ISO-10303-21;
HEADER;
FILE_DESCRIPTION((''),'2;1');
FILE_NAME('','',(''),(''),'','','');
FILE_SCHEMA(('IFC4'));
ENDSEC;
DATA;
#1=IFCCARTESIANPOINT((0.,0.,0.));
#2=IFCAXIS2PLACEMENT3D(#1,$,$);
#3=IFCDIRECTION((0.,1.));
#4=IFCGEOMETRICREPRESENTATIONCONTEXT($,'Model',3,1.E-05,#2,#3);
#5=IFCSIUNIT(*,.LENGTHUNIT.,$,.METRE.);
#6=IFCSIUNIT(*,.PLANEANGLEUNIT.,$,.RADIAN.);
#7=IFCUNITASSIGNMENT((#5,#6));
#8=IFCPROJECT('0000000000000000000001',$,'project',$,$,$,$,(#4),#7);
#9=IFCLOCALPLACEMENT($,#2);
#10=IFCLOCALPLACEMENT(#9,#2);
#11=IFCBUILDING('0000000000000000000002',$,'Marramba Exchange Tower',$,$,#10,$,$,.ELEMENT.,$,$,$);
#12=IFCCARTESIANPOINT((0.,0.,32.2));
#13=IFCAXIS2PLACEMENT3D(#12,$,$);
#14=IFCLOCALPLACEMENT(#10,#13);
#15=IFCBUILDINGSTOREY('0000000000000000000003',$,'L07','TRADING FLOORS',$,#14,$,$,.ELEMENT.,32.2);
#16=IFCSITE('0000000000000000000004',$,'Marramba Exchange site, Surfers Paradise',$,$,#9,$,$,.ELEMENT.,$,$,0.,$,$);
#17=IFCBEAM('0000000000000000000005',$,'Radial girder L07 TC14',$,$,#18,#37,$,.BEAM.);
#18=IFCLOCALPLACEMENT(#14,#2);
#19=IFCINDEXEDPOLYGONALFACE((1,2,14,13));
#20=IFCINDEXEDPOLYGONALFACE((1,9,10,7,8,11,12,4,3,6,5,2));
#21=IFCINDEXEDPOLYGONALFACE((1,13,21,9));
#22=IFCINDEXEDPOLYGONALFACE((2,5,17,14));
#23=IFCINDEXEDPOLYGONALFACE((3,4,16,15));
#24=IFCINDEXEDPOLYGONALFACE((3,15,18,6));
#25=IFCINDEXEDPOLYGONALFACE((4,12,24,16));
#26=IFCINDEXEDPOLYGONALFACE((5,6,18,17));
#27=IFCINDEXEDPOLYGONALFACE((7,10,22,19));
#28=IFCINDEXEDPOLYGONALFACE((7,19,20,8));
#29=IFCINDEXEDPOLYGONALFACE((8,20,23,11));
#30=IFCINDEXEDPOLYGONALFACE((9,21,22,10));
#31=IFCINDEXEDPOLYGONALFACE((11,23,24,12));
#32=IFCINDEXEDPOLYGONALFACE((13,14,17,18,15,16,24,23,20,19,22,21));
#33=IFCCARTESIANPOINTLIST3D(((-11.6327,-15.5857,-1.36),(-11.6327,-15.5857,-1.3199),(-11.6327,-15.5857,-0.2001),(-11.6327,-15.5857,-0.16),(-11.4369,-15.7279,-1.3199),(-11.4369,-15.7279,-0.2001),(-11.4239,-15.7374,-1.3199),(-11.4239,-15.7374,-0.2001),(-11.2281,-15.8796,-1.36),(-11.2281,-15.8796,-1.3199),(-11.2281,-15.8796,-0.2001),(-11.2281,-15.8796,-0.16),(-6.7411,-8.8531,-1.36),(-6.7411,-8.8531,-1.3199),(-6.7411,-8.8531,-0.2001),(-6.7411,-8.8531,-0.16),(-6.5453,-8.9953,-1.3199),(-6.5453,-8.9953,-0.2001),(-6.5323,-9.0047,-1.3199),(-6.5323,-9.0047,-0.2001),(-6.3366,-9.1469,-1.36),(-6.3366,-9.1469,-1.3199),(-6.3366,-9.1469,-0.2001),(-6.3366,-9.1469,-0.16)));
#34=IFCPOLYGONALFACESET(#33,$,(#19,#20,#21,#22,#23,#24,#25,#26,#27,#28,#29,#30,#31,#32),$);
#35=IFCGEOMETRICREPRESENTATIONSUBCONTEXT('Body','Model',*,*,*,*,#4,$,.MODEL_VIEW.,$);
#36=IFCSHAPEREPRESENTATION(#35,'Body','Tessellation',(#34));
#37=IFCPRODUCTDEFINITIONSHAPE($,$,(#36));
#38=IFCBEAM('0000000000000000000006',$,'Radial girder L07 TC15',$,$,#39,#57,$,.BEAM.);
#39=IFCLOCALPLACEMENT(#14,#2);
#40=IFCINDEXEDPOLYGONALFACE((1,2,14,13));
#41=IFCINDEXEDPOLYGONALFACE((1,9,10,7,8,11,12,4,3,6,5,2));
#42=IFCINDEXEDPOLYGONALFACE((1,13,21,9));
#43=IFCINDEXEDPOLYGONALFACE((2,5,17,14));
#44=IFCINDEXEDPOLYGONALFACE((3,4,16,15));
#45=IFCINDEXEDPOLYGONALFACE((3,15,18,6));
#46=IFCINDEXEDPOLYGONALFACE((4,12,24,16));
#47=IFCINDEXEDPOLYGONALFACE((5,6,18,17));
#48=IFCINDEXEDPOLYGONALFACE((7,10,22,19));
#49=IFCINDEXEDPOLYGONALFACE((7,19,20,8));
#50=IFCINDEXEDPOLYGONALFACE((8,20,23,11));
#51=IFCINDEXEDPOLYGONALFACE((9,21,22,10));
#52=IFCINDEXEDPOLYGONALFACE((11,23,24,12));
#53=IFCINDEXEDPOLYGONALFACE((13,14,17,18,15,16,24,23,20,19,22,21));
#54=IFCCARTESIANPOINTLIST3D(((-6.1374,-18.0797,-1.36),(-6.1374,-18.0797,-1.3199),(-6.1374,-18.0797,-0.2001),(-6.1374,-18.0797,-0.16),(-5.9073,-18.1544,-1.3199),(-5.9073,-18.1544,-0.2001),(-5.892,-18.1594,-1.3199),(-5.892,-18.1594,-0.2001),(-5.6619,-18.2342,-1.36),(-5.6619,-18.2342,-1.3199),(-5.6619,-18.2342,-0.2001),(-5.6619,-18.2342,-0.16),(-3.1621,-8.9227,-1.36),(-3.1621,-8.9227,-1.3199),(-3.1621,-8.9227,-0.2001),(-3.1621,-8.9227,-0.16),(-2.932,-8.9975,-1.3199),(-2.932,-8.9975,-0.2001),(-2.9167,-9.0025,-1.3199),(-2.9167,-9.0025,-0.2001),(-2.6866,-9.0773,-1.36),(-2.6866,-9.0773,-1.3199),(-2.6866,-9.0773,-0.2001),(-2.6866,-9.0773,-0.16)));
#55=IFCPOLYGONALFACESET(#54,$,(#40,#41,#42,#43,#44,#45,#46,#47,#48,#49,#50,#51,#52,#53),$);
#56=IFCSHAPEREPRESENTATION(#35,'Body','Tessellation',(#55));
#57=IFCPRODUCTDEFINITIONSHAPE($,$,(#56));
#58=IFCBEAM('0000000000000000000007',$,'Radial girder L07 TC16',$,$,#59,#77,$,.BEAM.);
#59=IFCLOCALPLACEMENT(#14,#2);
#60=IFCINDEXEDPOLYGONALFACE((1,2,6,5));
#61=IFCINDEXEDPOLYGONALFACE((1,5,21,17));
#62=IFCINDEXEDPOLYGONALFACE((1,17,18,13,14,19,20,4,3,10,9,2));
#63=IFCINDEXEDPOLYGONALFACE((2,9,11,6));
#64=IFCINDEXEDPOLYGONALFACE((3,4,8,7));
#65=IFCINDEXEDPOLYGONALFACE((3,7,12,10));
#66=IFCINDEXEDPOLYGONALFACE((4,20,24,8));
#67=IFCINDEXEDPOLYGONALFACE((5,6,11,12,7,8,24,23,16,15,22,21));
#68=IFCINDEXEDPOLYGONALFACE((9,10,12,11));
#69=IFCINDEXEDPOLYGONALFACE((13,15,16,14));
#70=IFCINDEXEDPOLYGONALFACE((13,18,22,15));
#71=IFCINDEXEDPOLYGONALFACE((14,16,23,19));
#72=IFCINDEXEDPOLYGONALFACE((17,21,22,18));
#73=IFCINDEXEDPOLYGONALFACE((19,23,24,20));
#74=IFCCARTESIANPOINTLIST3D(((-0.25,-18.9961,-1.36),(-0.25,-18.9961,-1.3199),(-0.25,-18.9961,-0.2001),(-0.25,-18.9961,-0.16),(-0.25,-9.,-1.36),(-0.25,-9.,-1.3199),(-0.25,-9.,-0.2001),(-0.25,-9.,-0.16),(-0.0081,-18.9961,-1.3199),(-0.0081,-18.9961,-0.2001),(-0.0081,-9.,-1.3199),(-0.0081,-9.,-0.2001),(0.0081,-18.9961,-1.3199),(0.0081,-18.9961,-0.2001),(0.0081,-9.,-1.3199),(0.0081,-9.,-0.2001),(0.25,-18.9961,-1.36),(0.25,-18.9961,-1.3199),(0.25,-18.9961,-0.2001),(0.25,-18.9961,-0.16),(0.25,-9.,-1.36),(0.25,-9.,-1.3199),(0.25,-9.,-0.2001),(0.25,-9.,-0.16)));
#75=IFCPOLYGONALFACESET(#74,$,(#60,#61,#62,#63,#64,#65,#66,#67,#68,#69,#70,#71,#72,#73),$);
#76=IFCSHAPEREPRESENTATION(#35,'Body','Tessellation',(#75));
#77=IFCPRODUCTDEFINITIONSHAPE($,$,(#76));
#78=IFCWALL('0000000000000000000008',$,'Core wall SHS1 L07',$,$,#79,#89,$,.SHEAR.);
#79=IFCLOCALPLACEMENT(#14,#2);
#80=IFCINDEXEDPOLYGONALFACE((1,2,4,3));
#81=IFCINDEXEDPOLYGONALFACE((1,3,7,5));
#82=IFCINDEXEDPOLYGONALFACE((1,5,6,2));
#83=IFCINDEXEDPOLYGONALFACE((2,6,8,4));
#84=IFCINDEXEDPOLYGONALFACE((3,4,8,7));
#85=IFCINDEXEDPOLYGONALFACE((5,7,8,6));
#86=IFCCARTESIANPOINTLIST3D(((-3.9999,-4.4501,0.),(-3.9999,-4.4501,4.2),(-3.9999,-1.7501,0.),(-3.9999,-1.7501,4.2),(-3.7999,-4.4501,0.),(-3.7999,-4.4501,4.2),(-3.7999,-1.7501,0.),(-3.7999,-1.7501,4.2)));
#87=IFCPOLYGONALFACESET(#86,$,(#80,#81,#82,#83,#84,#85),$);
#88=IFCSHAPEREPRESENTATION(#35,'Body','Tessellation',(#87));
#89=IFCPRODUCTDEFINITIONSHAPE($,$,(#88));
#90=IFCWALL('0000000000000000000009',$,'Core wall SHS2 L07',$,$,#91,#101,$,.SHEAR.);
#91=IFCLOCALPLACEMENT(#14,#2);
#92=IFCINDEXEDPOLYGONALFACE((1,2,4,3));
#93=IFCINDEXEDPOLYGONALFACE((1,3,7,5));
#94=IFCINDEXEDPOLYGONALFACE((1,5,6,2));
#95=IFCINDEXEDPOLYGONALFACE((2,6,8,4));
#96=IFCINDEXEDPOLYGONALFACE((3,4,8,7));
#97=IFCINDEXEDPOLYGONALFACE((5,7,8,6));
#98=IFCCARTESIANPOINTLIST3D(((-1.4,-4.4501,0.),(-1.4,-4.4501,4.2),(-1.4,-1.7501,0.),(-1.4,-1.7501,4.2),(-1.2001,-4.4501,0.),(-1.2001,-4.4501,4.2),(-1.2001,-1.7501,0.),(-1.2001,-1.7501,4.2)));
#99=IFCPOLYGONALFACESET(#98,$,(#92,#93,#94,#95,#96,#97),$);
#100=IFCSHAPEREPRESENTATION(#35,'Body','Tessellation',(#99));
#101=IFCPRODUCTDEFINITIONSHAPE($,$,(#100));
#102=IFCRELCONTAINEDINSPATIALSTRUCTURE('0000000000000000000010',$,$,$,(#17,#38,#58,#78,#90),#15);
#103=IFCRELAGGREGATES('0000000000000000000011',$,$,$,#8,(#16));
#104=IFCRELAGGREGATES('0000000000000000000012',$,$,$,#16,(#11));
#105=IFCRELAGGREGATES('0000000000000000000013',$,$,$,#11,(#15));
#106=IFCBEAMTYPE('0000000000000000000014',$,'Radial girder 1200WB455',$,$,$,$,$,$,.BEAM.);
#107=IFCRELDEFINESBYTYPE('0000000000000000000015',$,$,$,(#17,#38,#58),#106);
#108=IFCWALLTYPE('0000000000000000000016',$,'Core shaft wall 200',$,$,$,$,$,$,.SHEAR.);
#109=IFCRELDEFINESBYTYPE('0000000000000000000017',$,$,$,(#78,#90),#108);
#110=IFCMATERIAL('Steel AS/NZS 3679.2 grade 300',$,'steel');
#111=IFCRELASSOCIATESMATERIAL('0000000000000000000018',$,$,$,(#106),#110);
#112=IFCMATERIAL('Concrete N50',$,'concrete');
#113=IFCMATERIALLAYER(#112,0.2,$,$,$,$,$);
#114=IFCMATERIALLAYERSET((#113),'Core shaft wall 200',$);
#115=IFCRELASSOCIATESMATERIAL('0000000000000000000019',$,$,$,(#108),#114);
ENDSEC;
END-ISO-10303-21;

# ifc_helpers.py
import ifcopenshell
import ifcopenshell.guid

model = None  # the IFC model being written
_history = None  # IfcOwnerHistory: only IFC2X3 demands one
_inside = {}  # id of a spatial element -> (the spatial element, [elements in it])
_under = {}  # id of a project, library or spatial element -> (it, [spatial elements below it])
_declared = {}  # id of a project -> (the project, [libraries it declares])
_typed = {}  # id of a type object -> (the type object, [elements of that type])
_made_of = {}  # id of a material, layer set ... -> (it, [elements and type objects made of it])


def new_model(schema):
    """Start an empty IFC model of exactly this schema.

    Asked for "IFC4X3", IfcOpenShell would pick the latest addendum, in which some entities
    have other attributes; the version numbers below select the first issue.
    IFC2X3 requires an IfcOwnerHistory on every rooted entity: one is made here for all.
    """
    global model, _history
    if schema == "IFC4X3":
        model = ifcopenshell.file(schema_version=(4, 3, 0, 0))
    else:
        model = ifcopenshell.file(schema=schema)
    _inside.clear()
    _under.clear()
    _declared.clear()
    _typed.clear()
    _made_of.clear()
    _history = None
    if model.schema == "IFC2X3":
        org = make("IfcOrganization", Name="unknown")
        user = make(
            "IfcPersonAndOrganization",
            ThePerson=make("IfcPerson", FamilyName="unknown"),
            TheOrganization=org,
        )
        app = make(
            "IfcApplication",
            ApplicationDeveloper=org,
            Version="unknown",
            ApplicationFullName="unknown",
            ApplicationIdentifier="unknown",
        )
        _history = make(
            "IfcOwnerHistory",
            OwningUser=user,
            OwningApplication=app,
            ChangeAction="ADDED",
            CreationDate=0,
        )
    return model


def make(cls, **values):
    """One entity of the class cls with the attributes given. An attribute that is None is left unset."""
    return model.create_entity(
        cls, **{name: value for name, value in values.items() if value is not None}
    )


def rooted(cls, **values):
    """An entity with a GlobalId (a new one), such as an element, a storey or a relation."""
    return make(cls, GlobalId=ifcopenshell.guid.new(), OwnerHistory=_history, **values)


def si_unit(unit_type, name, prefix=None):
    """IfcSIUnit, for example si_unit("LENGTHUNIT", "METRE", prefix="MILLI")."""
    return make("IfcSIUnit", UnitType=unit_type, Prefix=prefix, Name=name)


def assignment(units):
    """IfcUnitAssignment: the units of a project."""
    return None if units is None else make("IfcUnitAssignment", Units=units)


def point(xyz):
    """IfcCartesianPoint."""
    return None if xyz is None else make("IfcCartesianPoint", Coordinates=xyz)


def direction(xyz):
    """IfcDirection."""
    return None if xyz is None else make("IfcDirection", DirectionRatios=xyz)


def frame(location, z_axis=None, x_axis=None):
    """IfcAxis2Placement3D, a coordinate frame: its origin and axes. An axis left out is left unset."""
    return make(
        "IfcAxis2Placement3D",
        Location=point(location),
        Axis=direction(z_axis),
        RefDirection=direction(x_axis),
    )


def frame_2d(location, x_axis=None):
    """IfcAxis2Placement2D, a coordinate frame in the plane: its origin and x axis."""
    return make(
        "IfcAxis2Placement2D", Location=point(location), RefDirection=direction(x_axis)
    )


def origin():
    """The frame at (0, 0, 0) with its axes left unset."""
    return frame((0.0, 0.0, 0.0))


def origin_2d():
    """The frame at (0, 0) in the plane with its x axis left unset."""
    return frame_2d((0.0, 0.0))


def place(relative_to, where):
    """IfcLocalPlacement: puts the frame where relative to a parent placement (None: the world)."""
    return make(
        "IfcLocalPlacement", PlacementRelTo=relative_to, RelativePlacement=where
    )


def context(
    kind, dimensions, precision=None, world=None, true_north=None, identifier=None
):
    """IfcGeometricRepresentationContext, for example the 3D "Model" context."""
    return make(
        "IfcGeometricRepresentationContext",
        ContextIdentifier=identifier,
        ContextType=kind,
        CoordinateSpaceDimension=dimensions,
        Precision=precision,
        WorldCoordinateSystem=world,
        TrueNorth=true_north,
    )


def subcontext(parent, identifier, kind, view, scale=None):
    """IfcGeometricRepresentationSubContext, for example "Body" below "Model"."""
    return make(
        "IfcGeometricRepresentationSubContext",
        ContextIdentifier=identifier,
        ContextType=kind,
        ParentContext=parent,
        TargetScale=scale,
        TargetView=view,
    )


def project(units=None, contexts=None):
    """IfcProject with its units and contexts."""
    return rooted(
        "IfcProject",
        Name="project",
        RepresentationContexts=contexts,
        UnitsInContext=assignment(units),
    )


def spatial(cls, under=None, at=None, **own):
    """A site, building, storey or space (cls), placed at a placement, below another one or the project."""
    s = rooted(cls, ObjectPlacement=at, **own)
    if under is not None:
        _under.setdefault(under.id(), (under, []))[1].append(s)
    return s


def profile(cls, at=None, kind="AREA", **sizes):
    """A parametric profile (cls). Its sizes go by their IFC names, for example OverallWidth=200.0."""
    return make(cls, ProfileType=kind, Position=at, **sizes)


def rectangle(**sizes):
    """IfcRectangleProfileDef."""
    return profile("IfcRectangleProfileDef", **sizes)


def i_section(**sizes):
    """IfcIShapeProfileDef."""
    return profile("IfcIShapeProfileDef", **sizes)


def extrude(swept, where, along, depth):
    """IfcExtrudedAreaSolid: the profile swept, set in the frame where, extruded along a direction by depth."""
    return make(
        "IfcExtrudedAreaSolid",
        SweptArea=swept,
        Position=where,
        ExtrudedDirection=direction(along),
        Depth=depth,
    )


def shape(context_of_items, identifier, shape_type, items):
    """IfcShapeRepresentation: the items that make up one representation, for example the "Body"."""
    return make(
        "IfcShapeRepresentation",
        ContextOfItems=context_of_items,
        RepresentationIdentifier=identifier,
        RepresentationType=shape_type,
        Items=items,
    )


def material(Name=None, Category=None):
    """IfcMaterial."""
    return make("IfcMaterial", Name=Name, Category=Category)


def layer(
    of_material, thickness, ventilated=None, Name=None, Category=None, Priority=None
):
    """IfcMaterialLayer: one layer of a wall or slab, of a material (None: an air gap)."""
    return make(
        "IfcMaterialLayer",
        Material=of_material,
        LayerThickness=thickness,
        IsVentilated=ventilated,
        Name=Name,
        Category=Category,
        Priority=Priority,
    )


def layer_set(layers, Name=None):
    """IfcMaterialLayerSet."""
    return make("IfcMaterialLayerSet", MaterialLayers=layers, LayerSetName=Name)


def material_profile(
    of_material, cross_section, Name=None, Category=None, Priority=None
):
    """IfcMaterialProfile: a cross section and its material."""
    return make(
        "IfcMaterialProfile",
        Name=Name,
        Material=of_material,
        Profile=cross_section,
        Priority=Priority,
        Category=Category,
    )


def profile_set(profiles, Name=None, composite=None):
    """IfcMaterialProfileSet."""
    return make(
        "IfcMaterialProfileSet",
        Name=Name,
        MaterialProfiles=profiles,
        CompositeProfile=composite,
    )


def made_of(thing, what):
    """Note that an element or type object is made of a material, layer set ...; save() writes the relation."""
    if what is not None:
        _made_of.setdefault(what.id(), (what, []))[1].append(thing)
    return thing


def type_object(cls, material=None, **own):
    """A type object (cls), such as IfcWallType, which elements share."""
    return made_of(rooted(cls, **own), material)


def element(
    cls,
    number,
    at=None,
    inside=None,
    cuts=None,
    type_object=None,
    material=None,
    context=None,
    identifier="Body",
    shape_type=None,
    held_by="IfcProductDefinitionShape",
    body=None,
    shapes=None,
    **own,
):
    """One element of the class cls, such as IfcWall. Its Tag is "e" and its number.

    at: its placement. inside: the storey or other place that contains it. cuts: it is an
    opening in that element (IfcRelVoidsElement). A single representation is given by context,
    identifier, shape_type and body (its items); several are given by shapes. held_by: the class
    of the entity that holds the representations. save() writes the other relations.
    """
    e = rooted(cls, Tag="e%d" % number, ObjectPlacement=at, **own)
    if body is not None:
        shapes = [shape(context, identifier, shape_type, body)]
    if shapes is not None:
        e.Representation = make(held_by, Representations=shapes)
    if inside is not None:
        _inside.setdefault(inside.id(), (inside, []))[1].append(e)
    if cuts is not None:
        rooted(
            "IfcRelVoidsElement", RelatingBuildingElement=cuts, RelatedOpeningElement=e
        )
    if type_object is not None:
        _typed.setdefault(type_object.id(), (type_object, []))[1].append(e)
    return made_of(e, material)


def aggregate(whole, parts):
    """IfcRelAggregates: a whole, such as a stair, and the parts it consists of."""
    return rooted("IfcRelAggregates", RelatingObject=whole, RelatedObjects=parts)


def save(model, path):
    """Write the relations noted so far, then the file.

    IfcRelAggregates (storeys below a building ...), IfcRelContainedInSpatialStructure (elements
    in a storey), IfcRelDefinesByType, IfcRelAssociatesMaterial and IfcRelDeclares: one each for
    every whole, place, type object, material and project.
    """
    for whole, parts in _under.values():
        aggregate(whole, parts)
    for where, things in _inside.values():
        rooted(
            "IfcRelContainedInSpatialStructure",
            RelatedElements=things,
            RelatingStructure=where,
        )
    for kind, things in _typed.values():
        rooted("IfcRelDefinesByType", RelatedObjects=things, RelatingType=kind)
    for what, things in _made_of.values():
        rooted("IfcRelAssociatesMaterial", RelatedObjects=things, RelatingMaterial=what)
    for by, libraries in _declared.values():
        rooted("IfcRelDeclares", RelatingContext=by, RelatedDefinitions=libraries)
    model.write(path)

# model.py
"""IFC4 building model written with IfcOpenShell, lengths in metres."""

from ifc_helpers import new_model, si_unit, direction, frame, frame_2d, origin, origin_2d, place, context, subcontext, project, spatial, rectangle, i_section, extrude, material, layer, layer_set, material_profile, profile_set, type_object, element, save


model = new_model("IFC4")

# Units and contexts
model_context = context("Model", 3, precision=1e-05, world=origin(), true_north=direction((0.0, 1.0)))
body_context = subcontext(model_context, "Body", "Model", "MODEL_VIEW")
ifc_project = project(units=[si_unit("LENGTHUNIT", "METRE"), si_unit("PLANEANGLEUNIT", "RADIAN")], contexts=[model_context])

# Site, building, storey
site_placement = place(None, origin())
site = spatial("IfcSite", under=ifc_project, at=site_placement, Name="Marramba Exchange site, Surfers Paradise", CompositionType="ELEMENT", RefElevation=0.0)
building_placement = place(site_placement, origin())
building = spatial("IfcBuilding", under=site, at=building_placement, Name="Marramba Exchange Tower", CompositionType="ELEMENT")
storey_placement = place(building_placement, frame((0.0, 0.0, 32.2)))
storey = spatial("IfcBuildingStorey", under=building, at=storey_placement, Name="L07", Description="TRADING FLOORS", CompositionType="ELEMENT", Elevation=32.2)

# Beams
ifc_material_1 = material(Name="Steel AS/NZS 3679.2 grade 300", Category="steel")
ifc_material_profile = material_profile(ifc_material_1, i_section(OverallWidth=0.5, OverallDepth=1.2, WebThickness=0.0161, FlangeThickness=0.04, at=origin_2d()), Name="1200WB455")
ifc_profile_set = profile_set([ifc_material_profile], Name="Steel AS/NZS 3679.2 grade 300")
beam_type = type_object("IfcBeamType", Name="Radial girder 1200WB455", PredefinedType="BEAM", material=ifc_profile_set)
beam_1_placement = place(storey_placement, frame((-6.5388, -9.0, -0.76), z_axis=(-0.587788, -0.809015, 0.0), x_axis=(0.809015, -0.587788, 0.0)))
element("IfcBeam", 1, at=beam_1_placement, inside=storey, type_object=beam_type, Name="Radial girder L07 TC14", PredefinedType="BEAM", context=body_context, shape_type="SweptSolid", body=[
    extrude(i_section(OverallWidth=0.5, OverallDepth=1.2, WebThickness=0.0161, FlangeThickness=0.04, at=origin_2d()), origin(), (0.0, 0.0, 1.0), 8.322),
])
beam_2_placement = place(storey_placement, frame((-2.9243, -9.0, -0.76), z_axis=(-0.309022, -0.951055, 0.0), x_axis=(0.951055, -0.309022, 0.0)))
element("IfcBeam", 2, at=beam_2_placement, inside=storey, type_object=beam_type, Name="Radial girder L07 TC15", PredefinedType="BEAM", context=body_context, shape_type="SweptSolid", body=[
    extrude(i_section(OverallWidth=0.5, OverallDepth=1.2, WebThickness=0.0161, FlangeThickness=0.04, at=origin_2d()), origin(), (0.0, 0.0, 1.0), 9.6282),
])
beam_3_placement = place(storey_placement, frame((0.0, -9.0, -0.76), z_axis=(0.0, -1.0, 0.0), x_axis=(1.0, 0.0, 0.0)))
element("IfcBeam", 3, at=beam_3_placement, inside=storey, type_object=beam_type, Name="Radial girder L07 TC16", PredefinedType="BEAM", context=body_context, shape_type="SweptSolid", body=[
    extrude(i_section(OverallWidth=0.5, OverallDepth=1.2, WebThickness=0.0161, FlangeThickness=0.04, at=origin_2d()), origin(), (0.0, 0.0, 1.0), 9.9961),
])

# Walls
ifc_material_2 = material(Name="Concrete N50", Category="concrete")
ifc_layer_1 = layer(ifc_material_2, 0.2)
ifc_layer_set_1 = layer_set([ifc_layer_1], Name="Core shaft wall 200")
wall_type_1 = type_object("IfcWallType", Name="Core shaft wall 200", PredefinedType="SHEAR", material=ifc_layer_set_1)
for number, where, z_axis, x_axis, name in (
    (4, (-3.8999, -1.75, 0.0), (0.0, 0.0, 1.0), (0.0, -1.0, 0.0), "Core wall SHS1 L07"),
    (5, (-1.3, -1.75, 0.0), (0.0, 0.0, 1.0), (0.0, -1.0, 0.0), "Core wall SHS2 L07"),
):
    element("IfcWall", number, at=place(storey_placement, frame(where, z_axis=z_axis, x_axis=x_axis)), inside=storey, type_object=wall_type_1, Name=name, PredefinedType="SHEAR", context=body_context, shape_type="SweptSolid", body=[
        extrude(rectangle(XDim=2.7, YDim=0.2, at=frame_2d((1.3501, 0.0))), origin(), (0.0, 0.0, 1.0), 4.2),
    ])

save(model, "model.ifc")
